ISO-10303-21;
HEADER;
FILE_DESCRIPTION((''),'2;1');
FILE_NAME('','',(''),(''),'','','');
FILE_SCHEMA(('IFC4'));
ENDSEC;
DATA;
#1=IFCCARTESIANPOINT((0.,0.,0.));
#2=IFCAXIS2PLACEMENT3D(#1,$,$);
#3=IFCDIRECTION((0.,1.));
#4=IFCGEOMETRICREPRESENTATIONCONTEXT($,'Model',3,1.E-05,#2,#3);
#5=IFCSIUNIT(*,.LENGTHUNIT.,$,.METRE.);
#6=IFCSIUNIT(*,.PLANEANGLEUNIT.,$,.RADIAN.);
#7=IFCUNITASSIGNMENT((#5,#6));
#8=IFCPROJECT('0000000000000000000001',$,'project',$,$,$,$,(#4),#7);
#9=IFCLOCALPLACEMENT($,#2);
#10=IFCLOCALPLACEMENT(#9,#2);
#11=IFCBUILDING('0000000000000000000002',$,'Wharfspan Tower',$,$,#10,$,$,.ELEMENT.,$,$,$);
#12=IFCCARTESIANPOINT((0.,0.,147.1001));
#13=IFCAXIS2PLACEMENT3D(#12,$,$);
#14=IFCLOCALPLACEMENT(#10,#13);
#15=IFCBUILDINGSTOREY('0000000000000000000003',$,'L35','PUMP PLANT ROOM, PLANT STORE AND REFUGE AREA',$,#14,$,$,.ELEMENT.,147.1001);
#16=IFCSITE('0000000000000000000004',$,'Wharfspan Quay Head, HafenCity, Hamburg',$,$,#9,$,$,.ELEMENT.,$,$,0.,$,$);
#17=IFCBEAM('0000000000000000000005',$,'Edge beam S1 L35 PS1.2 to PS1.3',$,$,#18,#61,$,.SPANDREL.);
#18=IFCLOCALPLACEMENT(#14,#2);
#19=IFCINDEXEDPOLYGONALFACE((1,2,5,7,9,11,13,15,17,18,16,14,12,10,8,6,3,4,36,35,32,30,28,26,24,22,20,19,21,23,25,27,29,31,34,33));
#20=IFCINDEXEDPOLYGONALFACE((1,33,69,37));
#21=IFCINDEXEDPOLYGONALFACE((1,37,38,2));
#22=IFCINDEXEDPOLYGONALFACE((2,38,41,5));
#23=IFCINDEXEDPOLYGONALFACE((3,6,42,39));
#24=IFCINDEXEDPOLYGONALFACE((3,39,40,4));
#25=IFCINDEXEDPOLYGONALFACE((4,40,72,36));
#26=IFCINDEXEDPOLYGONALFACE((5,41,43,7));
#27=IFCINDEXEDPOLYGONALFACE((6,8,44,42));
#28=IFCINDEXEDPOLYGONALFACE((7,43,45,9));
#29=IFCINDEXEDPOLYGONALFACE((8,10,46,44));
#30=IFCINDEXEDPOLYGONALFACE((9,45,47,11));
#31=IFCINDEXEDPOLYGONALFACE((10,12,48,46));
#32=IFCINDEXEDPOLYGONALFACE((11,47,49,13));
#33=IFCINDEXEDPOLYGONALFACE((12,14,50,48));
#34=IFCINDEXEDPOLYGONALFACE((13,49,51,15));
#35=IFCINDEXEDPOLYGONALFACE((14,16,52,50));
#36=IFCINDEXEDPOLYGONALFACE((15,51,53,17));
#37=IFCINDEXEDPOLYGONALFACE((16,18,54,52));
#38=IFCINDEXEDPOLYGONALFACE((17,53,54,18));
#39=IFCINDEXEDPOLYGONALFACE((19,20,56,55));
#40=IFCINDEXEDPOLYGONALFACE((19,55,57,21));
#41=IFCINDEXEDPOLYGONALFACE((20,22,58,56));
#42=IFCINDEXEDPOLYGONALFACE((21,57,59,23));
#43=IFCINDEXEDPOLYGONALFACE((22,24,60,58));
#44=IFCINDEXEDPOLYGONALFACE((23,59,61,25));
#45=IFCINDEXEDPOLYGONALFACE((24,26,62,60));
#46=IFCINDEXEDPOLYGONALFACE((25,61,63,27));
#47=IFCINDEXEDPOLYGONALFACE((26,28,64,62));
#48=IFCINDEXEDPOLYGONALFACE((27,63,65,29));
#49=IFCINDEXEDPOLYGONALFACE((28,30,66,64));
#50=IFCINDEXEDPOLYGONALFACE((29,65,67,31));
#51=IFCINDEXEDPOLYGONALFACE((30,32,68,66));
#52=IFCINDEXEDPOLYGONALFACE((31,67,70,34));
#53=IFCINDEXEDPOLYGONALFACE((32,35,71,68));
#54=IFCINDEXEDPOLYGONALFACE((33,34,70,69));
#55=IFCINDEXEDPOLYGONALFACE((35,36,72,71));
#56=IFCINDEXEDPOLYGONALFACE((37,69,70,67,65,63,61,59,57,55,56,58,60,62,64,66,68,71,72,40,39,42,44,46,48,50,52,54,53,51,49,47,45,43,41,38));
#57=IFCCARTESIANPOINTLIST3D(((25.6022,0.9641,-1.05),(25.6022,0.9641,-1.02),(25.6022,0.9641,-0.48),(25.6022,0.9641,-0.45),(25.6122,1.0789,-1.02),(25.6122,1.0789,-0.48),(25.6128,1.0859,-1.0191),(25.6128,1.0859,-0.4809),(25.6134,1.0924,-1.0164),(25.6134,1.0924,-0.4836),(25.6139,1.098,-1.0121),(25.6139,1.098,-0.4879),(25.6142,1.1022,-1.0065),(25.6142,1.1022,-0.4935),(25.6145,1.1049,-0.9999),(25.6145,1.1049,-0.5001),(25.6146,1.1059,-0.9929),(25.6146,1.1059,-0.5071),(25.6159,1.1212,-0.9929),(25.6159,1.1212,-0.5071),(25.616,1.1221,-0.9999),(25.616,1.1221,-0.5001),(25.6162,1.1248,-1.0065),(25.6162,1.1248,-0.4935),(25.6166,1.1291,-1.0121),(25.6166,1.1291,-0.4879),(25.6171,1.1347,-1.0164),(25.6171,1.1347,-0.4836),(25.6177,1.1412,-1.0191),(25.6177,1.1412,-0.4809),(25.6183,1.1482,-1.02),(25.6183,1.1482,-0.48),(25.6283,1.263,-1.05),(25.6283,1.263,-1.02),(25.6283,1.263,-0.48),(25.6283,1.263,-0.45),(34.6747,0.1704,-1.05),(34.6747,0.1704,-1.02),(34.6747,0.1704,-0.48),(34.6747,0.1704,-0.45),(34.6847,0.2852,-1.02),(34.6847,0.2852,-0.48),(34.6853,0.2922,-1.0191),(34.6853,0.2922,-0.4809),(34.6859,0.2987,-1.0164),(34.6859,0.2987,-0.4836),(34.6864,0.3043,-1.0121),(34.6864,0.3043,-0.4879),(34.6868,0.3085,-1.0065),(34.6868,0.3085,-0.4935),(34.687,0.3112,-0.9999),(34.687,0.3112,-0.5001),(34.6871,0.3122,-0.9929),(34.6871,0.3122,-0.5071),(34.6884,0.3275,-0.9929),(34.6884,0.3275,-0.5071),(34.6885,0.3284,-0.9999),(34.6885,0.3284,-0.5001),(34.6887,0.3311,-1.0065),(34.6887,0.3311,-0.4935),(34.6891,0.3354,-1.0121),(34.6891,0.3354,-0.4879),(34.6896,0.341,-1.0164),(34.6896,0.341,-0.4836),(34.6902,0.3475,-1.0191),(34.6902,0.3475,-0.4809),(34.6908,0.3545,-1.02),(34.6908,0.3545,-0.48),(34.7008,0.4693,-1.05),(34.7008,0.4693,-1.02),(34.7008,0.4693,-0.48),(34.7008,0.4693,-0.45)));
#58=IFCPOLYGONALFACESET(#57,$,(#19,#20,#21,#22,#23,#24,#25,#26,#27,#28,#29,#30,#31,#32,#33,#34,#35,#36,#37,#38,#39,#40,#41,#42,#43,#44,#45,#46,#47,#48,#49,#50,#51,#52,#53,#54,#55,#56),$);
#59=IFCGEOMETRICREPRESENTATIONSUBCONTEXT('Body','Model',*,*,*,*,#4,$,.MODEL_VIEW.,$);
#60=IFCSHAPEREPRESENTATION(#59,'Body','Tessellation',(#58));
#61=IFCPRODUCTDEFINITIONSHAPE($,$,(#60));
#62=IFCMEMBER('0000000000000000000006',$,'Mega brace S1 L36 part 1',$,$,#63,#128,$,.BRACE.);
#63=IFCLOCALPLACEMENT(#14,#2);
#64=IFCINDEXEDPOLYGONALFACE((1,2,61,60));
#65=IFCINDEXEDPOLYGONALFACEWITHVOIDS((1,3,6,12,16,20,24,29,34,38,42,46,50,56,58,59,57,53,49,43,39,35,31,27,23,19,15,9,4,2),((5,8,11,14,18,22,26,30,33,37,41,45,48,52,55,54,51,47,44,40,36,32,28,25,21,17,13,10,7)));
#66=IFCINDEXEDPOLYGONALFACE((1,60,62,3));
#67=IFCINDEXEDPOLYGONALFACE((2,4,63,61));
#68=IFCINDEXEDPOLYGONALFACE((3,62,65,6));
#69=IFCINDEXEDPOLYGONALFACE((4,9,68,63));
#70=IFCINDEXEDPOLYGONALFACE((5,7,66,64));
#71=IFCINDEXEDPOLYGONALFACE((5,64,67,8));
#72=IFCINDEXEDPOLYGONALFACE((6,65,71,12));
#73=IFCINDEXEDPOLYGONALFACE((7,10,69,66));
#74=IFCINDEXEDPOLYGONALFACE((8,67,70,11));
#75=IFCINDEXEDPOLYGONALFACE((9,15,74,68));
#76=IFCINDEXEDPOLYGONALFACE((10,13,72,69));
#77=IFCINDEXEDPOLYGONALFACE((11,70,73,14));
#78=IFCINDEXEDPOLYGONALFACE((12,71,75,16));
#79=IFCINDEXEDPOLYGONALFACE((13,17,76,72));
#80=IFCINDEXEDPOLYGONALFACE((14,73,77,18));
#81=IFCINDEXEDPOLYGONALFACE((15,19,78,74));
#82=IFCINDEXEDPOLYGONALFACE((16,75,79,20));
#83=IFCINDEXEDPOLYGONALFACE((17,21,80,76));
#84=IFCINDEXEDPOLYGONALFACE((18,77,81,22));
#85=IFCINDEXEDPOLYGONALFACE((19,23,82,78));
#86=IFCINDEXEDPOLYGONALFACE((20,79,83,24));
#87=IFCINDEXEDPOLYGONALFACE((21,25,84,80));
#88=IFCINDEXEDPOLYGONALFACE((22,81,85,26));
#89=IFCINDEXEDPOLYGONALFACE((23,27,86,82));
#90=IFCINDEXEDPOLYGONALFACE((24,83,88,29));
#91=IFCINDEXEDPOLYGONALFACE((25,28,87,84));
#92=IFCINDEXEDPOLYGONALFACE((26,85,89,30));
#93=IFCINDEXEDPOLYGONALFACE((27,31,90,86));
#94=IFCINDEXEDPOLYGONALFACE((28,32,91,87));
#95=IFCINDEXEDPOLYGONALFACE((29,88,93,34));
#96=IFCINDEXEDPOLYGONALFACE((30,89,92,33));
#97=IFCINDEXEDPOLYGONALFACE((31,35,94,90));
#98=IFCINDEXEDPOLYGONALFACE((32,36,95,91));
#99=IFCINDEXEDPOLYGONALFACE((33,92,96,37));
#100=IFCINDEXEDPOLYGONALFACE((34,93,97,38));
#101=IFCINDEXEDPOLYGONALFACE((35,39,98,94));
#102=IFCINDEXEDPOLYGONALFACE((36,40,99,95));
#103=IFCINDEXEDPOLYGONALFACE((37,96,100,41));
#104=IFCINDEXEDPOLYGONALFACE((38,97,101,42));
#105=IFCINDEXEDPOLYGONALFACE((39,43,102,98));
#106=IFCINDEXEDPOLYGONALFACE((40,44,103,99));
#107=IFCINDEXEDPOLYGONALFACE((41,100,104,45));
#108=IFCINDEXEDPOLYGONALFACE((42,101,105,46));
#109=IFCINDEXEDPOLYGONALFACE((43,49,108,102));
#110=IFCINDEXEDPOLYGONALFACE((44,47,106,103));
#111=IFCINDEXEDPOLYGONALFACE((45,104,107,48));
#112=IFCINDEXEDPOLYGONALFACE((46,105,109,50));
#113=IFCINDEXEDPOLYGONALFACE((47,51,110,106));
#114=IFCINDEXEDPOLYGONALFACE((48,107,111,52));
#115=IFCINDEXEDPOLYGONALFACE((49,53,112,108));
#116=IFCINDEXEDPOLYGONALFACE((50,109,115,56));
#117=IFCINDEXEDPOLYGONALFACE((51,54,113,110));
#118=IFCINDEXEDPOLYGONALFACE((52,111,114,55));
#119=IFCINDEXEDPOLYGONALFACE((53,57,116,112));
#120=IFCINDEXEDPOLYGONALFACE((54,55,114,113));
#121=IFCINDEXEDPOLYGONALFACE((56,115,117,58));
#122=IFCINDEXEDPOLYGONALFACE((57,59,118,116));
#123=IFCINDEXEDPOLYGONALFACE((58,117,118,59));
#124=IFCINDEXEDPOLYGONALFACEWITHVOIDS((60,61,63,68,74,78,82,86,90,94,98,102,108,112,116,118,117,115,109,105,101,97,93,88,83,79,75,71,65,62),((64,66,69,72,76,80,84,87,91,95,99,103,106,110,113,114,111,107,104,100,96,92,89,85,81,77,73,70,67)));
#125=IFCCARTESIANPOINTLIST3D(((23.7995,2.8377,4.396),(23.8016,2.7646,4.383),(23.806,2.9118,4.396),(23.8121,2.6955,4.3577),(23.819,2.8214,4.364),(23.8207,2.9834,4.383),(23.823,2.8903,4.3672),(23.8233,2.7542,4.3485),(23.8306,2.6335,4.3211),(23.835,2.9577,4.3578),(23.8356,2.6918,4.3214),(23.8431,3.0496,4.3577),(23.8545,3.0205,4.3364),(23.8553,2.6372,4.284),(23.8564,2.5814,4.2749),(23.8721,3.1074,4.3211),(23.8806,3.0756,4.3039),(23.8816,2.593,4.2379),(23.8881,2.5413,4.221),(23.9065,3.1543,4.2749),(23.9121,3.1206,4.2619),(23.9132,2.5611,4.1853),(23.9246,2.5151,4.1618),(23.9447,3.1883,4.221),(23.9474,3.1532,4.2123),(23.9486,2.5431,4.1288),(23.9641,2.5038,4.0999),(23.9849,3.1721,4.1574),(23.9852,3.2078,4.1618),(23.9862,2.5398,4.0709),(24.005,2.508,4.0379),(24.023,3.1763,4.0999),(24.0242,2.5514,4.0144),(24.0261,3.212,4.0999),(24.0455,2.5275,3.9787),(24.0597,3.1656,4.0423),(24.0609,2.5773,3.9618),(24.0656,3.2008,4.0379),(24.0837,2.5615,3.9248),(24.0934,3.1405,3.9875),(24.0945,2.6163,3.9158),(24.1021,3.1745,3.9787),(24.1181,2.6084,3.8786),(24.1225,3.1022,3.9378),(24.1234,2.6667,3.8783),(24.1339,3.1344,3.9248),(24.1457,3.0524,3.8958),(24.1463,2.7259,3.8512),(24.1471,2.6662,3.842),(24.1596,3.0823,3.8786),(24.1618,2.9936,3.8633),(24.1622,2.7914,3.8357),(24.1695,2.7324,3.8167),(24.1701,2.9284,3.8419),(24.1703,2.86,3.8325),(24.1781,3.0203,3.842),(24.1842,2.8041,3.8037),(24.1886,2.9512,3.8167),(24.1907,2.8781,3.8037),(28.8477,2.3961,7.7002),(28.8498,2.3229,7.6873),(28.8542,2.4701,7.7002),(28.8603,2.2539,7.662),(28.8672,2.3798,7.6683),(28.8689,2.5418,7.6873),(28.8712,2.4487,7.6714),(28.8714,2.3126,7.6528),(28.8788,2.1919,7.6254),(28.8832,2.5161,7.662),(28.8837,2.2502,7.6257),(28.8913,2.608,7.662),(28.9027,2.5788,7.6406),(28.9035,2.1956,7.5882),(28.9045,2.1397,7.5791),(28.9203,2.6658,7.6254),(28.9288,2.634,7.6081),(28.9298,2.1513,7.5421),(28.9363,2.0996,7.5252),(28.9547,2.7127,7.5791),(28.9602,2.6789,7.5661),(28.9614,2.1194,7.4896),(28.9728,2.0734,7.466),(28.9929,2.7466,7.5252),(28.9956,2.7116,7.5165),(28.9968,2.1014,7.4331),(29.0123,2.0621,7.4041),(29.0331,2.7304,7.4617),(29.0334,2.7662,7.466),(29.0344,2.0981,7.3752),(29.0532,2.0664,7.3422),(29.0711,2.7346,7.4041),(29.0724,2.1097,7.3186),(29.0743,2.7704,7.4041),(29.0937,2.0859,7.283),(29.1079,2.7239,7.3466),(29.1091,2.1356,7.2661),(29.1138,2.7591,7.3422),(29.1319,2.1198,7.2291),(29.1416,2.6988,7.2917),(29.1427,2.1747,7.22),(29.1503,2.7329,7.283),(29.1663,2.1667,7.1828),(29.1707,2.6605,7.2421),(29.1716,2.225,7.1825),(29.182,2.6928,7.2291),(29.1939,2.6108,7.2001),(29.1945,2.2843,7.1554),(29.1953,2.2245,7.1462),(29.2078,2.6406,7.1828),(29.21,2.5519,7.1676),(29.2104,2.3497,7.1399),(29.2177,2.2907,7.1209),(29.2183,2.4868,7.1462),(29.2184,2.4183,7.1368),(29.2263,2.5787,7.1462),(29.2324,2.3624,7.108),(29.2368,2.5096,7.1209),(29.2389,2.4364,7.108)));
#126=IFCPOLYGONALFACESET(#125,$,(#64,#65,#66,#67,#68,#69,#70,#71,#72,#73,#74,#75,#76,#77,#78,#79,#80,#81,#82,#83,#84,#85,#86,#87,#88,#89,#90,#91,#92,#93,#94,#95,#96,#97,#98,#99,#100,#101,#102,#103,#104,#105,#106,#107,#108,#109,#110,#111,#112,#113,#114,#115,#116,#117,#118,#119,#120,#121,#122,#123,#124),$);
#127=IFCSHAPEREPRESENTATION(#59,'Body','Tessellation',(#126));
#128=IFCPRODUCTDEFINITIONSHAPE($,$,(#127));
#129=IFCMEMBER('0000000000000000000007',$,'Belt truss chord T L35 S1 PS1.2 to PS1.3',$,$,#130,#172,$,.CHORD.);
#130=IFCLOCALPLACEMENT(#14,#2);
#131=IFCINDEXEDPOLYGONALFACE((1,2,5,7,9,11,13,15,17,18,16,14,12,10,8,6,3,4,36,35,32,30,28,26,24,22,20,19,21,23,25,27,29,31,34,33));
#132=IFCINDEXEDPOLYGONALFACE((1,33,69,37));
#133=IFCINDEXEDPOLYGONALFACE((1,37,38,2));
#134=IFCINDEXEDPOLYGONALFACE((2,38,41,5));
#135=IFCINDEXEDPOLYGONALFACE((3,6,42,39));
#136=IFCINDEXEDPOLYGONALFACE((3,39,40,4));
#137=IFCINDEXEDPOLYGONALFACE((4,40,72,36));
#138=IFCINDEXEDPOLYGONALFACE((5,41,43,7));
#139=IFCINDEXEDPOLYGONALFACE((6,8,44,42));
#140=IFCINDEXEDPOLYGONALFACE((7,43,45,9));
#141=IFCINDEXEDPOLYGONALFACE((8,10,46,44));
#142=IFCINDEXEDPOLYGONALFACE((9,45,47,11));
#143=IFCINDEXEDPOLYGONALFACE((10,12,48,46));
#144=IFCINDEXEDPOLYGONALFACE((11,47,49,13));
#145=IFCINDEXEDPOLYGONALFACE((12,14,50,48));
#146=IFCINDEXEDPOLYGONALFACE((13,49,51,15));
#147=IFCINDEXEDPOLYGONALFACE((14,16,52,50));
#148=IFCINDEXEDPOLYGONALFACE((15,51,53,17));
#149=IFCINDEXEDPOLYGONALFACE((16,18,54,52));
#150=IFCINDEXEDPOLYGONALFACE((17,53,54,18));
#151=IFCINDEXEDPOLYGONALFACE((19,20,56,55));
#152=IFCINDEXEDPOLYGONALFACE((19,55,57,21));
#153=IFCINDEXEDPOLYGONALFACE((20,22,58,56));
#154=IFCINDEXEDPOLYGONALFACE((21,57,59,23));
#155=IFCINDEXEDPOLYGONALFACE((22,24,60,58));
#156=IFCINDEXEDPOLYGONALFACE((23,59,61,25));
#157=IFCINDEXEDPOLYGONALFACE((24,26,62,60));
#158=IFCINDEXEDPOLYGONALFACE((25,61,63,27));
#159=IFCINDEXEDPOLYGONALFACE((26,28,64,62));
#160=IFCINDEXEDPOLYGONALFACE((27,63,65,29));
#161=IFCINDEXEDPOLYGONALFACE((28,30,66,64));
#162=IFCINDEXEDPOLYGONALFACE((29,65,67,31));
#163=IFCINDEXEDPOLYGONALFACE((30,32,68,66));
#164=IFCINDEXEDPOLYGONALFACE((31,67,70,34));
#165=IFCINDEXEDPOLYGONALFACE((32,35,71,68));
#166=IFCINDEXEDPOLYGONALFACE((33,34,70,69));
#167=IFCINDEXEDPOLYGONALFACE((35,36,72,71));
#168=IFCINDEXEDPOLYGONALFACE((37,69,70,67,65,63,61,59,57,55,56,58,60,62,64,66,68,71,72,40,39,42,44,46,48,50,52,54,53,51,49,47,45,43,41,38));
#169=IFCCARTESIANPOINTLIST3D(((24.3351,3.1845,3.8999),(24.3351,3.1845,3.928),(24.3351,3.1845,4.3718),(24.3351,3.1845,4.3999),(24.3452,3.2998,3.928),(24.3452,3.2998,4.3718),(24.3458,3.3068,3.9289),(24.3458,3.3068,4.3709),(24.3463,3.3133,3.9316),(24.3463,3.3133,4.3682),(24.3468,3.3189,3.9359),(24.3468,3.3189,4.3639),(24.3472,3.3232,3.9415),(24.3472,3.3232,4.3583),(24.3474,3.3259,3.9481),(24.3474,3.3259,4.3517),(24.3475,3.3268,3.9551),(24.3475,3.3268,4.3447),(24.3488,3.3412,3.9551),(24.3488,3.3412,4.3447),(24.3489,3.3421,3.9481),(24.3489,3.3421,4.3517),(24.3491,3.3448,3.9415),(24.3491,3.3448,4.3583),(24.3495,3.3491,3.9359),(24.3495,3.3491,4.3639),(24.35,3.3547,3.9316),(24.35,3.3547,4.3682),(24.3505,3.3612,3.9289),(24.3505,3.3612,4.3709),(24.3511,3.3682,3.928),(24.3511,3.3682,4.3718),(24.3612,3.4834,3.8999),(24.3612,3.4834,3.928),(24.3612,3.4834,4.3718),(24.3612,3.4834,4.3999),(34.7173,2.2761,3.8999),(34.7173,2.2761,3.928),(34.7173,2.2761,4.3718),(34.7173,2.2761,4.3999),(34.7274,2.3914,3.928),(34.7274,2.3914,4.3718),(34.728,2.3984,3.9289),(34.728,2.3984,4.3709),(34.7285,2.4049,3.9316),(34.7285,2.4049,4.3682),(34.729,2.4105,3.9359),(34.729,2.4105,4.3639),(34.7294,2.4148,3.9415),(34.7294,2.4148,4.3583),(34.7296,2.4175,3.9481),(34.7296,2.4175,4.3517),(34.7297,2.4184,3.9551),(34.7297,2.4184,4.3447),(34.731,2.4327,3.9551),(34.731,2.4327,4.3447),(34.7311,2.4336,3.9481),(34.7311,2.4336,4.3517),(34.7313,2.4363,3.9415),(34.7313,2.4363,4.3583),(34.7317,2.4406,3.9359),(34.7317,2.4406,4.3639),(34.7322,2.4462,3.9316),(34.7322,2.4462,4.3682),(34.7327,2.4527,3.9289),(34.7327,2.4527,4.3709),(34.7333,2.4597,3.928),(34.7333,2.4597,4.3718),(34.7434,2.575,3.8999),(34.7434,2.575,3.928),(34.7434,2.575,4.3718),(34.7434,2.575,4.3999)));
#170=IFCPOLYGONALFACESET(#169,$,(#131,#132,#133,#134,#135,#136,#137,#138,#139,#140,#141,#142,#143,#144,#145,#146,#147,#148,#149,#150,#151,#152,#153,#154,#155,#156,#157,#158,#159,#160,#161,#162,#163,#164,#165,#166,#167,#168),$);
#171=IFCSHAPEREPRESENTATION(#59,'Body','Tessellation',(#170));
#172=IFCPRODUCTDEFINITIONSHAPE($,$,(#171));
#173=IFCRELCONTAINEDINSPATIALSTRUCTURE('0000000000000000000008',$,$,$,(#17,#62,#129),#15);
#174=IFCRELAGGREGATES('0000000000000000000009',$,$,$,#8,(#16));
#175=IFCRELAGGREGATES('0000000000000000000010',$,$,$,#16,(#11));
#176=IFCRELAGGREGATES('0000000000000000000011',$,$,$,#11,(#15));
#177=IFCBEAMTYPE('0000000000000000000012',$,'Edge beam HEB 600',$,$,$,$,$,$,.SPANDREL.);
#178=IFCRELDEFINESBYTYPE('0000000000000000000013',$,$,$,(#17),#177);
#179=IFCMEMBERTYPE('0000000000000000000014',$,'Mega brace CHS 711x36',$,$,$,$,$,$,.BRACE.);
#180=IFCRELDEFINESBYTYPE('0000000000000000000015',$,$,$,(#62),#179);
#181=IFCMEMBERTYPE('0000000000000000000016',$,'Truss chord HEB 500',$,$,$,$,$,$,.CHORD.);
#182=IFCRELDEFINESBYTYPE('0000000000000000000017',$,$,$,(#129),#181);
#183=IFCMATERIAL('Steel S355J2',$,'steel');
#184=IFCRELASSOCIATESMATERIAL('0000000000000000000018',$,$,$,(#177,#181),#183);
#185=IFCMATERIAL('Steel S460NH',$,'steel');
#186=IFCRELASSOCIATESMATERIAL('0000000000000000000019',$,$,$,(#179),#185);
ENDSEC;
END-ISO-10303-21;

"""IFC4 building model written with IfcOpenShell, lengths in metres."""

from ifc_helpers import new_model, si_unit, direction, frame, origin, origin_2d, place, context, subcontext, project, spatial, hollow_circle, i_section, extrude, material, material_profile, profile_set, type_object, element, save


model = new_model("IFC4")

# Units and contexts
model_context = context("Model", 3, precision=1e-05, world=origin(), true_north=direction((0.0, 1.0)))
body_context = subcontext(model_context, "Body", "Model", "MODEL_VIEW")
ifc_project = project(units=[si_unit("LENGTHUNIT", "METRE"), si_unit("PLANEANGLEUNIT", "RADIAN")], contexts=[model_context])

# Site, building, storey
site_placement = place(None, origin())
site = spatial("IfcSite", under=ifc_project, at=site_placement, Name="Wharfspan Quay Head, HafenCity, Hamburg", CompositionType="ELEMENT", RefElevation=0.0)
building_placement = place(site_placement, origin())
building = spatial("IfcBuilding", under=site, at=building_placement, Name="Wharfspan Tower", CompositionType="ELEMENT")
storey_placement = place(building_placement, frame((0.0, 0.0, 147.1001)))
storey = spatial("IfcBuildingStorey", under=building, at=storey_placement, Name="L35", Description="PUMP PLANT ROOM, PLANT STORE AND REFUGE AREA", CompositionType="ELEMENT", Elevation=147.1001)

# Shared definitions
ifc_material_1 = material(Name="Steel S355J2", Category="steel")

# Beam
ifc_material_profile_1 = material_profile(ifc_material_1, i_section(OverallWidth=0.3, OverallDepth=0.6001, WebThickness=0.0154, FlangeThickness=0.03, FilletRadius=0.0271, at=origin_2d()))
ifc_profile_set_1 = profile_set([ifc_material_profile_1], Name="Steel S355J2")
beam_type = type_object("IfcBeamType", Name="Edge beam HEB 600", PredefinedType="SPANDREL", material=ifc_profile_set_1)
beam_placement = place(storey_placement, frame((25.6152, 1.1135, -0.75), z_axis=(0.996195, -0.087151, 0.0), x_axis=(0.087151, 0.996195, 0.0)))
element("IfcBeam", 1, at=beam_placement, inside=storey, type_object=beam_type, Name="Edge beam S1 L35 PS1.2 to PS1.3", PredefinedType="SPANDREL", context=body_context, shape_type="SweptSolid", body=[
    extrude(i_section(OverallWidth=0.3, OverallDepth=0.6001, WebThickness=0.0154, FlangeThickness=0.03, FilletRadius=0.0271, at=origin_2d()), origin(), (0.0, 0.0, 1.0), 9.1072),
])

# Members
ifc_material_2 = material(Name="Steel S460NH", Category="steel")
ifc_material_profile_2 = material_profile(ifc_material_2, hollow_circle(Radius=0.3555, WallThickness=0.0359, at=origin_2d()))
ifc_profile_set_2 = profile_set([ifc_material_profile_2], Name="Steel S460NH")
member_type_1 = type_object("IfcMemberType", Name="Mega brace CHS 711x36", PredefinedType="BRACE", material=ifc_profile_set_2)
member_1_placement = place(storey_placement, frame((23.9951, 2.8579, 4.0999), z_axis=(0.834469, -0.073006, 0.546197), x_axis=(0.087156, 0.996198, -0.000001)))
element("IfcMember", 2, at=member_1_placement, inside=storey, type_object=member_type_1, Name="Mega brace S1 L36 part 1", PredefinedType="BRACE", context=body_context, shape_type="SweptSolid", body=[
    extrude(hollow_circle(Radius=0.3555, WallThickness=0.0359, at=origin_2d()), origin(), (0.0, 0.0, 1.0), 6.0496),
])
ifc_material_profile_3 = material_profile(ifc_material_1, i_section(OverallWidth=0.3, OverallDepth=0.5, WebThickness=0.0144, FlangeThickness=0.0281, FilletRadius=0.0271, at=origin_2d()))
ifc_profile_set_3 = profile_set([ifc_material_profile_3], Name="Steel S355J2")
member_type_2 = type_object("IfcMemberType", Name="Truss chord HEB 500", PredefinedType="CHORD", material=ifc_profile_set_3)
for number, where, z_axis, x_axis, name in (
    (3, (24.3481, 3.334, 4.1499), (0.996194, -0.087166, 0.0), (0.087166, 0.996194, 0.0), "Belt truss chord T L35 S1 PS1.2 to PS1.3"),
):
    element("IfcMember", number, at=place(storey_placement, frame(where, z_axis=z_axis, x_axis=x_axis)), inside=storey, type_object=member_type_2, Name=name, PredefinedType="CHORD", context=body_context, shape_type="SweptSolid", body=[
        extrude(i_section(OverallWidth=0.3, OverallDepth=0.5, WebThickness=0.0144, FlangeThickness=0.0281, FilletRadius=0.0271, at=origin_2d()), origin(), (0.0, 0.0, 1.0), 10.4219),
    ])

save(model, "model.ifc")
